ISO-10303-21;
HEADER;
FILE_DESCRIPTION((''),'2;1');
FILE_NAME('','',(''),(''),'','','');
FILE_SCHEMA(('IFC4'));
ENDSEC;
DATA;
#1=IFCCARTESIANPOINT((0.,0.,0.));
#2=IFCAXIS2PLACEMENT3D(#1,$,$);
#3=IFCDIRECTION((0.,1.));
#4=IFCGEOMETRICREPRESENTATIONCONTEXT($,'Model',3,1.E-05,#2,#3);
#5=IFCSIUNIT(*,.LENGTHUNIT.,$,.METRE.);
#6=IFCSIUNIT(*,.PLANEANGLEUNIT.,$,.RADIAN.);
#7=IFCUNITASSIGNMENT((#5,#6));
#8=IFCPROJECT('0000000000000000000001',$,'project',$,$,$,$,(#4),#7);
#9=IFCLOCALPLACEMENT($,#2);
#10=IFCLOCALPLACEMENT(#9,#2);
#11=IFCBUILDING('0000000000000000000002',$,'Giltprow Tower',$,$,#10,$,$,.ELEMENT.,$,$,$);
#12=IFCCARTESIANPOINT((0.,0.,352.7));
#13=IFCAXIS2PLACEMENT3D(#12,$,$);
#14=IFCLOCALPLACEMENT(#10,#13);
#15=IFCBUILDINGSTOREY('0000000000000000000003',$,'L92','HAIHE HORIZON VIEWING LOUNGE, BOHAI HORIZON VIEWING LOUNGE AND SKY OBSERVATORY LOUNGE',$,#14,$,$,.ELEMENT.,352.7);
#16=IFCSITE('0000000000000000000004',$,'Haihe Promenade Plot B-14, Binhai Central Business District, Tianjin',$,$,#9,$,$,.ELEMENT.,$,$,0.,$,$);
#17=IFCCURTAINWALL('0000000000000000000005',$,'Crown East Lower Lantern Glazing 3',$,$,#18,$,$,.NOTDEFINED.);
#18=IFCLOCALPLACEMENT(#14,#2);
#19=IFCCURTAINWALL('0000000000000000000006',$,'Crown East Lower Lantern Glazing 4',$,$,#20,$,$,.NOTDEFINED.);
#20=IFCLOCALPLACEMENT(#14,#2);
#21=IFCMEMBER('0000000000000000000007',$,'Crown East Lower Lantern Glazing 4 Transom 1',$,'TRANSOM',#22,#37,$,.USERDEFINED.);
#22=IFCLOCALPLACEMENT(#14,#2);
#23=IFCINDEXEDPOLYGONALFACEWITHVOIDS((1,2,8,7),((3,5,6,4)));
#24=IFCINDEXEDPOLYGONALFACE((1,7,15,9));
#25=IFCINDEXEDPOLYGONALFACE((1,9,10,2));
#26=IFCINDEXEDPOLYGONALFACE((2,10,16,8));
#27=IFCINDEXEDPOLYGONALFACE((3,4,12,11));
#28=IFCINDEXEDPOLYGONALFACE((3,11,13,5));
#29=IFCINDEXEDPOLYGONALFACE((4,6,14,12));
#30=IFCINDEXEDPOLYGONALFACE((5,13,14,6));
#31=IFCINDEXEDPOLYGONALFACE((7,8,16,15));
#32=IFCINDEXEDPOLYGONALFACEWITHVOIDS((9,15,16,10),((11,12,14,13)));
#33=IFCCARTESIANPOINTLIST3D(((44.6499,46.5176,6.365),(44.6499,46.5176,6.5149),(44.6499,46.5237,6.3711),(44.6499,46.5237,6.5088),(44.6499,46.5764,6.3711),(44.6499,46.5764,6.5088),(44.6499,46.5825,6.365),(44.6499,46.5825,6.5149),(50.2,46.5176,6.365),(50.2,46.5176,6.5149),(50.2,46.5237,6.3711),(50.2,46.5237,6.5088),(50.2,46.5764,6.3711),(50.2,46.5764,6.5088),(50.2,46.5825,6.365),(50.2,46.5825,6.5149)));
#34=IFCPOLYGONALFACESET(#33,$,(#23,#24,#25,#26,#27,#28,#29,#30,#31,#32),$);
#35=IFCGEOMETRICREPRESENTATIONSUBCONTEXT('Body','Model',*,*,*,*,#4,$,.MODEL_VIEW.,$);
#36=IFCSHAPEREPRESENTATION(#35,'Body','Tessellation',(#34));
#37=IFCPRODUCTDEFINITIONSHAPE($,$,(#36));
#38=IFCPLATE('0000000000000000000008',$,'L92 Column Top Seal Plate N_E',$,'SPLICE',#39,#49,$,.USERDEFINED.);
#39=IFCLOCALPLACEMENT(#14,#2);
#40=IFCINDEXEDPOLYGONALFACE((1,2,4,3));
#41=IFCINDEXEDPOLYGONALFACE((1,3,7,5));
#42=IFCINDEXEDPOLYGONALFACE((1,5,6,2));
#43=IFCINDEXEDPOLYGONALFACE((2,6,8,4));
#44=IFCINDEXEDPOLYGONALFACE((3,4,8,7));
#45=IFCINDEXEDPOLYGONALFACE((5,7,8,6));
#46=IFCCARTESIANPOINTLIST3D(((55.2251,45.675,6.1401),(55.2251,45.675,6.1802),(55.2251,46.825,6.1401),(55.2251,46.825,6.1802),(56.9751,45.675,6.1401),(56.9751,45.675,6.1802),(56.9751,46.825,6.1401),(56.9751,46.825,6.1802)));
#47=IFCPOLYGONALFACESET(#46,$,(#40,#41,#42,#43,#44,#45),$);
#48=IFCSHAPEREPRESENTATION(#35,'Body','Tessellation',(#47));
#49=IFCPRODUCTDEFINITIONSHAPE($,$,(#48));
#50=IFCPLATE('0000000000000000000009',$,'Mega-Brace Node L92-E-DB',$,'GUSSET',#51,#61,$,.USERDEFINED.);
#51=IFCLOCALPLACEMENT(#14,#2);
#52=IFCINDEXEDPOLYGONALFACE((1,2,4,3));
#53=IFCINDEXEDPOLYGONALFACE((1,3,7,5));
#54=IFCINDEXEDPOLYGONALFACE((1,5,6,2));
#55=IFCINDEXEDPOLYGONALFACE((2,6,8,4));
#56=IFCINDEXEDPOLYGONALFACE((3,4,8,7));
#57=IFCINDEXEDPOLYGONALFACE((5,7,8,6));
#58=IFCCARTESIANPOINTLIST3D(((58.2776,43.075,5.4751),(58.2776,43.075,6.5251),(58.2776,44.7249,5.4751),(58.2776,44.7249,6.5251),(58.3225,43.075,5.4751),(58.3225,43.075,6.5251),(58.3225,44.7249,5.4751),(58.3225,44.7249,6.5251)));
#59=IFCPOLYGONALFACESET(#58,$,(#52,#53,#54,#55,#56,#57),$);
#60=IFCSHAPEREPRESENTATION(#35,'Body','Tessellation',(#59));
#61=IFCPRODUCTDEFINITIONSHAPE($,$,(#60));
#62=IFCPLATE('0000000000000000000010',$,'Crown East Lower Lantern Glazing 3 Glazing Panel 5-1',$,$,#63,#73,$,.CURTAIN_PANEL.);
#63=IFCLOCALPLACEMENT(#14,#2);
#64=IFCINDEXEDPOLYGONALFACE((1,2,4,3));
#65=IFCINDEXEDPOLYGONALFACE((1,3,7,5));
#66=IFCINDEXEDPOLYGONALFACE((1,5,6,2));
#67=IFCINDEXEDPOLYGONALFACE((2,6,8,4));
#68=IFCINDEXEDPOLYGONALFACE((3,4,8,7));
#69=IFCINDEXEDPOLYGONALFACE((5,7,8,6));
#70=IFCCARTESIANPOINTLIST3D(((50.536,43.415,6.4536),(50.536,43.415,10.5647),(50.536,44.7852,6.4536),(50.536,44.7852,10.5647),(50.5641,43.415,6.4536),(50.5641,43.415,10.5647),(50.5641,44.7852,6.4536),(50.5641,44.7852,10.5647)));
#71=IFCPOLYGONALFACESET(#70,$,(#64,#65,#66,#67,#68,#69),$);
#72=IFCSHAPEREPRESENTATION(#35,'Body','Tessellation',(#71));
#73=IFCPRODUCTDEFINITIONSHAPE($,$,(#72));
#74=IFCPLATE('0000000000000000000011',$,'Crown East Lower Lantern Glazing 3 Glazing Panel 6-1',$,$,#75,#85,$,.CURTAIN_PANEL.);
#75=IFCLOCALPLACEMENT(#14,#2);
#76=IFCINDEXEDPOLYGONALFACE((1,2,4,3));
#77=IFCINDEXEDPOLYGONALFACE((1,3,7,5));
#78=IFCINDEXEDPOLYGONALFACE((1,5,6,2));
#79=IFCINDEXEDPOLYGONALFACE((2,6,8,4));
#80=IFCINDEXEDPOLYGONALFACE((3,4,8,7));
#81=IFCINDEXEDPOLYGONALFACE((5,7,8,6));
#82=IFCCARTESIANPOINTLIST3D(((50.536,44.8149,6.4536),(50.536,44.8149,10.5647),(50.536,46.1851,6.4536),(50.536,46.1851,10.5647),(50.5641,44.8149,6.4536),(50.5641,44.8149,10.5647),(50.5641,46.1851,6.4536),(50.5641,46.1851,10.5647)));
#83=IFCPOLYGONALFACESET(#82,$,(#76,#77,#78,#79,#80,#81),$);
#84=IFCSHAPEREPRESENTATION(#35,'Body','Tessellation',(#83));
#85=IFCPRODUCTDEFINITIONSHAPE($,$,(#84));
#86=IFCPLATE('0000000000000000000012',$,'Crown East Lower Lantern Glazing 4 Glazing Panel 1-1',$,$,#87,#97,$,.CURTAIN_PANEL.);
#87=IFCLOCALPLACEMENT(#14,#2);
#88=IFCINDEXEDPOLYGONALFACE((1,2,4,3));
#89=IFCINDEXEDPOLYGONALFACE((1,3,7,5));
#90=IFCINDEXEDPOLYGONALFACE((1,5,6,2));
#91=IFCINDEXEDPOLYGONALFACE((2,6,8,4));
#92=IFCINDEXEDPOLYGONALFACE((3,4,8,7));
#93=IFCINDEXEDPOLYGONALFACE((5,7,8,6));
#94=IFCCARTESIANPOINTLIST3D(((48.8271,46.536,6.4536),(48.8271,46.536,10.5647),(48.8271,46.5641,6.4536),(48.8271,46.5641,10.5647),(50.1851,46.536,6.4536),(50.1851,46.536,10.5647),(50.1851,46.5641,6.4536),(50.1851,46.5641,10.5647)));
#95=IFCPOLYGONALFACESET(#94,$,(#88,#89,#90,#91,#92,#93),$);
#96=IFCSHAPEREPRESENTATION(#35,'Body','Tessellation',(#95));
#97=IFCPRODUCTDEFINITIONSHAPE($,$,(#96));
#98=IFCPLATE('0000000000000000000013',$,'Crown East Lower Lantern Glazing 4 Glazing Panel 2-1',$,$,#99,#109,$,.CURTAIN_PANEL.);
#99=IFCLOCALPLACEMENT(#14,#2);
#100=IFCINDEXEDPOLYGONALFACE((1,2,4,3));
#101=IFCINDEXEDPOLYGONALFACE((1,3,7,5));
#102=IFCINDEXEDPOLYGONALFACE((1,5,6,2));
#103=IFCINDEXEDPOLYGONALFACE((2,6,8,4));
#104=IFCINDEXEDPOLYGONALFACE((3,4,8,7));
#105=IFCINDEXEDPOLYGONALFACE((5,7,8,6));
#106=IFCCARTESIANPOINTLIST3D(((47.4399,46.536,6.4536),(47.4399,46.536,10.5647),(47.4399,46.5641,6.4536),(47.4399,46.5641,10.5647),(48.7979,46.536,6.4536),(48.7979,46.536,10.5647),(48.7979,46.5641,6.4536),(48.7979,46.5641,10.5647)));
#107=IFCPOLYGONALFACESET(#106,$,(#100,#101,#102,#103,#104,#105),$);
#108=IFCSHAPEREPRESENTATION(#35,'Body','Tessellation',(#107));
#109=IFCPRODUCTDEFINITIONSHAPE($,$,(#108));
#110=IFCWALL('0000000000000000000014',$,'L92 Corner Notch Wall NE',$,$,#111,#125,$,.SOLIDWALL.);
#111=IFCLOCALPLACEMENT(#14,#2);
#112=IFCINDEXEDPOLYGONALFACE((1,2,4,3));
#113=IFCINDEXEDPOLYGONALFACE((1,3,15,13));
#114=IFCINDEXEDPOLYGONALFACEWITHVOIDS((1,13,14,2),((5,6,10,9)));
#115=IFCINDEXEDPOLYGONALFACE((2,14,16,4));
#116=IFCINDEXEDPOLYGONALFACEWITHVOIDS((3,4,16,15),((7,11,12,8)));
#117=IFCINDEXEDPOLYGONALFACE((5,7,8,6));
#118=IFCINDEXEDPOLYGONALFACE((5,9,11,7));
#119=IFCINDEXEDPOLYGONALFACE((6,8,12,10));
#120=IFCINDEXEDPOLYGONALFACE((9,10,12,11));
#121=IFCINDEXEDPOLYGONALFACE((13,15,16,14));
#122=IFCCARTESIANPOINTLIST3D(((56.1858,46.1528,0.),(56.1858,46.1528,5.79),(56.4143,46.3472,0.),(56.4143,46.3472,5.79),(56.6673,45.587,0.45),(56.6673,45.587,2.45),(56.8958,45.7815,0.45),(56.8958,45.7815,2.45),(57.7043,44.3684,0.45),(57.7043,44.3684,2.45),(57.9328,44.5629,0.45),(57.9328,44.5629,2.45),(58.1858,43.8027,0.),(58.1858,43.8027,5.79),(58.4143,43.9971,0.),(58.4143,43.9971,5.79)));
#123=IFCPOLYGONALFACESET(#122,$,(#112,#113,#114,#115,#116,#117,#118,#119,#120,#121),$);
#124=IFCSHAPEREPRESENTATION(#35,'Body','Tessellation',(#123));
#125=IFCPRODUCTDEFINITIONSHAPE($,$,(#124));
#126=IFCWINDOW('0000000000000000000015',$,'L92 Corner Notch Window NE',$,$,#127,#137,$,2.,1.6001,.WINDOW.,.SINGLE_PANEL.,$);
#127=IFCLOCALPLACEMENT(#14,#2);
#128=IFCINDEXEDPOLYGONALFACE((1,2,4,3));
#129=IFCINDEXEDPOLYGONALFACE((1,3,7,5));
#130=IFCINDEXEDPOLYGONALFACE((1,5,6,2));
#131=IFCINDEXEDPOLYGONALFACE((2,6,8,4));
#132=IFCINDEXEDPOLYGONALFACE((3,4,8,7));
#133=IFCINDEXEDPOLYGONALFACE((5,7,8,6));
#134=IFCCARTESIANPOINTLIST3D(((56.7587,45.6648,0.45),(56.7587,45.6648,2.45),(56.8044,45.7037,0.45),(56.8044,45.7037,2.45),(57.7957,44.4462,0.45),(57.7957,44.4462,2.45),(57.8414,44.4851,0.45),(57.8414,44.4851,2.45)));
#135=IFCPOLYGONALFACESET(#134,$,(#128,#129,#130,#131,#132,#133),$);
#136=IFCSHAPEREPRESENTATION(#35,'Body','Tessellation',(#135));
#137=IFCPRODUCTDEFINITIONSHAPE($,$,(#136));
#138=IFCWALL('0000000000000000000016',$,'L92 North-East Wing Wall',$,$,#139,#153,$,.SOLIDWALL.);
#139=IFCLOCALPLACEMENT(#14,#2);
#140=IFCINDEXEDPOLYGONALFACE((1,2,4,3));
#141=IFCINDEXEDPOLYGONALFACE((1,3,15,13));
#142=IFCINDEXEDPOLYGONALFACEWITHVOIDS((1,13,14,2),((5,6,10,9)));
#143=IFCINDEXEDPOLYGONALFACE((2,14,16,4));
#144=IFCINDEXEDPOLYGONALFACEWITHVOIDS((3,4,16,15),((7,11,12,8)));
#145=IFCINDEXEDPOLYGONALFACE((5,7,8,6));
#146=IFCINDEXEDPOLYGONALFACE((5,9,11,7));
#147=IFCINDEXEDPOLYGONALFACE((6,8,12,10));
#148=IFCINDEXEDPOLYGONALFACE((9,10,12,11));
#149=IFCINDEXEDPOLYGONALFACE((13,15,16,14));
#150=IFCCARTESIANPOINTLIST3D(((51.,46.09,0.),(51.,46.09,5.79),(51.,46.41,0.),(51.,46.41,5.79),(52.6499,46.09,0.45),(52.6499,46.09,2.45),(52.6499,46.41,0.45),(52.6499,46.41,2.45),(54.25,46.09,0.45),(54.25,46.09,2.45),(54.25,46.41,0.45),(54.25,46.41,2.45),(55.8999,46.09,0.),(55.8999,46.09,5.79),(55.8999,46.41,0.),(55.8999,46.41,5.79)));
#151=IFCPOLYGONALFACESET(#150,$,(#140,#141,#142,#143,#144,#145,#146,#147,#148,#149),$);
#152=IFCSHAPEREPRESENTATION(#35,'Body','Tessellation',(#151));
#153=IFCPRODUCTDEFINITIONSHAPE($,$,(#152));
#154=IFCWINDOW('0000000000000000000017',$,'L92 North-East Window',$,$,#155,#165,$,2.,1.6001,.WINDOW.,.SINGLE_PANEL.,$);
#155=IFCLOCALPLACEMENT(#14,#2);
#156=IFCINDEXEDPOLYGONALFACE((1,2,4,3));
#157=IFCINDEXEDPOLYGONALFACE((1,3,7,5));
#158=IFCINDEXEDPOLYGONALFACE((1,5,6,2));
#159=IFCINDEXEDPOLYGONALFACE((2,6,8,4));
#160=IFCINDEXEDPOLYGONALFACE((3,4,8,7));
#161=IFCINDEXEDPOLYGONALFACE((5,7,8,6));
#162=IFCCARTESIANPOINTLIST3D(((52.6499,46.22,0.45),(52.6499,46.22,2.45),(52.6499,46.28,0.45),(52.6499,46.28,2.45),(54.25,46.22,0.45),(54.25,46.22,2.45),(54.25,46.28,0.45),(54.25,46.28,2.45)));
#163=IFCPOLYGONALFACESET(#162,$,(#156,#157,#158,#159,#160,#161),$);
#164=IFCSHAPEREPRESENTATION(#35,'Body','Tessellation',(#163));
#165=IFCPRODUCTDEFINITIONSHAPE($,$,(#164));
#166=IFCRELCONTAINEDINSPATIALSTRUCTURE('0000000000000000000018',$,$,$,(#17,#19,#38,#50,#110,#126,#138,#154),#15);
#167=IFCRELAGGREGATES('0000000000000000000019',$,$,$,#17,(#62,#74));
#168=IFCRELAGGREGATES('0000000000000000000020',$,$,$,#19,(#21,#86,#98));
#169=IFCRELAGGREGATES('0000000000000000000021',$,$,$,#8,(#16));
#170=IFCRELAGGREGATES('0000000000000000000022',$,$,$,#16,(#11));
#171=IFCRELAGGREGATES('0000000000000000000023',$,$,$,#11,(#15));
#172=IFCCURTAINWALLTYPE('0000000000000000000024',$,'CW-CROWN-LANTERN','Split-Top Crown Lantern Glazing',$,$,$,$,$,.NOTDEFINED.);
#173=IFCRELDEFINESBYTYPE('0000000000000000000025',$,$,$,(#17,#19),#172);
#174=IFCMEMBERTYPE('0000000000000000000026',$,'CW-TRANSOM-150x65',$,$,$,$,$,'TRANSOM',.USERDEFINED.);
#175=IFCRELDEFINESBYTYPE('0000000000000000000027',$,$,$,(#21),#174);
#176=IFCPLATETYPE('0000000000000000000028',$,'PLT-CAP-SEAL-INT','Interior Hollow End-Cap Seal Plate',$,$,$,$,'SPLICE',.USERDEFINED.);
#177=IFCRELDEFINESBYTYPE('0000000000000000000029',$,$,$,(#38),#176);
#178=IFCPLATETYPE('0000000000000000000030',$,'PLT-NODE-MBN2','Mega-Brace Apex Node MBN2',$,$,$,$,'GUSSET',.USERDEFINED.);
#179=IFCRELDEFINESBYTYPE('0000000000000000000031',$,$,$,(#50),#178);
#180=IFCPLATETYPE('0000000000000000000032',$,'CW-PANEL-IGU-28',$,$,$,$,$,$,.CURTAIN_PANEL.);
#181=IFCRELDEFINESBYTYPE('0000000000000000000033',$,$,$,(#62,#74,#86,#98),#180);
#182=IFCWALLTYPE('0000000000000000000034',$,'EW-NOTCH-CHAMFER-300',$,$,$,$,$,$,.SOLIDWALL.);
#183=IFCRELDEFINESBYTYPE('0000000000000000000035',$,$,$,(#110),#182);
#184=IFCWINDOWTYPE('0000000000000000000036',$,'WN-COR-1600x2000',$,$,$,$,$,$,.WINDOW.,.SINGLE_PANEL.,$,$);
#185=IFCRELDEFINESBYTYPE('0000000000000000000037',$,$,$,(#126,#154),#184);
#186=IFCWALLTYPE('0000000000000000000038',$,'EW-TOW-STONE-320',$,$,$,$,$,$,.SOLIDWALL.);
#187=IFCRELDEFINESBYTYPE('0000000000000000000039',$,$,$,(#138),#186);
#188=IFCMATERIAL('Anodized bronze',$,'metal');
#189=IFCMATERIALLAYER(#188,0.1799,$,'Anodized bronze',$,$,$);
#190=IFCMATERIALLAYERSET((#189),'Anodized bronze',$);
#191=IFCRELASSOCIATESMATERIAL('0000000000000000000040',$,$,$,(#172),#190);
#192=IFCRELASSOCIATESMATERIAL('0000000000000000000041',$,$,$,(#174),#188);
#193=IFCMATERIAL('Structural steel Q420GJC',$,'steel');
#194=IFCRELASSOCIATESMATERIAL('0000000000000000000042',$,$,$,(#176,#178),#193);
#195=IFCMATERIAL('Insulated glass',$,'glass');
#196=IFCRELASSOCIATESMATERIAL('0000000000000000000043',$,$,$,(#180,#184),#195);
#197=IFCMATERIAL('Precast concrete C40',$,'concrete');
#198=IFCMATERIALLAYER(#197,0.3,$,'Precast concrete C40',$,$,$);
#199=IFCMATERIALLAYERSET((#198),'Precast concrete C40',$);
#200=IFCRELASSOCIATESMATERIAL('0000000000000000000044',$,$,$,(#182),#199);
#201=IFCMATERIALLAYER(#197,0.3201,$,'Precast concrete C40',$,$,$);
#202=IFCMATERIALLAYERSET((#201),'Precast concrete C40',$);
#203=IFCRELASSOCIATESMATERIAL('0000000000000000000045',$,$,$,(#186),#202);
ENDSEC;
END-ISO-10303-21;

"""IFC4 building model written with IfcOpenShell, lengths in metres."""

from ifc_helpers import new_model, si_unit, direction, frame, frame_2d, origin, origin_2d, place, context, subcontext, project, spatial, rectangle, hollow_rectangle, extrude, source, transform, mapped, material, layer, layer_set, material_profile, profile_set, type_object, element, fill, aggregate, save


model = new_model("IFC4")

# Units and contexts
model_context = context("Model", 3, precision=1e-05, world=origin(), true_north=direction((0.0, 1.0)))
body_context = subcontext(model_context, "Body", "Model", "MODEL_VIEW")
ifc_project = project(units=[si_unit("LENGTHUNIT", "METRE"), si_unit("PLANEANGLEUNIT", "RADIAN")], contexts=[model_context])

# Site, building, storey
site_placement = place(None, origin())
site = spatial("IfcSite", under=ifc_project, at=site_placement, Name="Haihe Promenade Plot B-14, Binhai Central Business District, Tianjin", CompositionType="ELEMENT", RefElevation=0.0)
building_placement = place(site_placement, origin())
building = spatial("IfcBuilding", under=site, at=building_placement, Name="Giltprow Tower", CompositionType="ELEMENT")
storey_placement = place(building_placement, frame((0.0, 0.0, 352.7)))
storey = spatial("IfcBuildingStorey", under=building, at=storey_placement, Name="L92", Description="HAIHE HORIZON VIEWING LOUNGE, BOHAI HORIZON VIEWING LOUNGE AND SKY OBSERVATORY LOUNGE", CompositionType="ELEMENT", Elevation=352.7)

# Curtain walls, member
ifc_material_1 = material(Name="Anodized bronze", Category="metal")
ifc_layer_1 = layer(ifc_material_1, 0.1799, Name="Anodized bronze")
ifc_layer_set_1 = layer_set([ifc_layer_1], Name="Anodized bronze")
curtain_wall_type = type_object("IfcCurtainWallType", Name="CW-CROWN-LANTERN", Description="Split-Top Crown Lantern Glazing", PredefinedType="NOTDEFINED", material=ifc_layer_set_1)
curtain_wall_1_placement = place(storey_placement, origin())
curtain_wall_1 = element("IfcCurtainWall", 1, at=curtain_wall_1_placement, inside=storey, type_object=curtain_wall_type, Name="Crown East Lower Lantern Glazing 3", PredefinedType="NOTDEFINED")
curtain_wall_2_placement = place(storey_placement, origin())
curtain_wall_2 = element("IfcCurtainWall", 2, at=curtain_wall_2_placement, inside=storey, type_object=curtain_wall_type, Name="Crown East Lower Lantern Glazing 4", PredefinedType="NOTDEFINED")
ifc_material_profile_1 = material_profile(ifc_material_1, hollow_rectangle(XDim=0.0649, YDim=0.1499, WallThickness=0.0061, at=origin_2d()), Name="RHS 150x65x6")
ifc_profile_set_1 = profile_set([ifc_material_profile_1], Name="Anodized bronze")
member_type_1 = type_object("IfcMemberType", Name="CW-TRANSOM-150x65", ElementType="TRANSOM", PredefinedType="USERDEFINED", material=ifc_profile_set_1)
shared_shape_1 = source(origin(), body_context, "Body", "SweptSolid", [
    extrude(hollow_rectangle(XDim=0.0649, YDim=0.1499, WallThickness=0.0061, at=origin_2d()), origin(), (0.0, 0.0, 1.0), 5.55),
])
member_1_placement = place(storey_placement, frame((50.2, 46.55, 6.4399), z_axis=(-1.0, 0.0, 0.0), x_axis=(0.0, -1.0, 0.0)))
member_1 = element("IfcMember", 3, at=member_1_placement, type_object=member_type_1, Name="Crown East Lower Lantern Glazing 4 Transom 1", ObjectType="TRANSOM", PredefinedType="USERDEFINED", context=body_context, shape_type="MappedRepresentation", body=[
    mapped(shared_shape_1, transform((0.0, 0.0, 0.0), x_axis=(1.0, 0.0, 0.0), y_axis=(0.0, 1.0, 0.0), z_axis=(0.0, 0.0, 1.0), scale=1.0)),
])

# Plates
ifc_material_2 = material(Name="Structural steel Q420GJC", Category="steel")
plate_type_1 = type_object("IfcPlateType", Name="PLT-CAP-SEAL-INT", Description="Interior Hollow End-Cap Seal Plate", ElementType="SPLICE", PredefinedType="USERDEFINED", material=ifc_material_2)
shared_shape_2 = source(origin(), body_context, "Body", "SweptSolid", [
    extrude(rectangle(XDim=1.75, YDim=1.1499, at=origin_2d()), origin(), (0.0, 0.0, 1.0), 0.04),
])
plate_1_placement = place(storey_placement, frame((56.1001, 46.25, 6.1401), z_axis=(0.0, 0.0, 1.0), x_axis=(1.0, 0.0, 0.0)))
element("IfcPlate", 4, at=plate_1_placement, inside=storey, type_object=plate_type_1, Name="L92 Column Top Seal Plate N_E", ObjectType="SPLICE", PredefinedType="USERDEFINED", context=body_context, shape_type="MappedRepresentation", body=[
    mapped(shared_shape_2, transform((0.0, 0.0, 0.0), x_axis=(1.0, 0.0, 0.0), y_axis=(0.0, 1.0, 0.0), z_axis=(0.0, 0.0, 1.0), scale=1.0)),
])
plate_type_2 = type_object("IfcPlateType", Name="PLT-NODE-MBN2", Description="Mega-Brace Apex Node MBN2", ElementType="GUSSET", PredefinedType="USERDEFINED", material=ifc_material_2)
shared_shape_3 = source(origin(), body_context, "Body", "SweptSolid", [
    extrude(rectangle(XDim=1.6499, YDim=0.0449, at=origin_2d()), origin(), (0.0, 0.0, 1.0), 1.05),
])
plate_2_placement = place(storey_placement, frame((58.3, 43.8999, 5.4751), z_axis=(0.0, 0.0, 1.0), x_axis=(0.0, 1.0, 0.0)))
element("IfcPlate", 5, at=plate_2_placement, inside=storey, type_object=plate_type_2, Name="Mega-Brace Node L92-E-DB", ObjectType="GUSSET", PredefinedType="USERDEFINED", context=body_context, shape_type="MappedRepresentation", body=[
    mapped(shared_shape_3, transform((0.0, 0.0, 0.0), x_axis=(1.0, 0.0, 0.0), y_axis=(0.0, 1.0, 0.0), z_axis=(0.0, 0.0, 1.0), scale=1.0)),
])

# Plates
ifc_material_3 = material(Name="Insulated glass", Category="glass")
plate_type_3 = type_object("IfcPlateType", Name="CW-PANEL-IGU-28", PredefinedType="CURTAIN_PANEL", material=ifc_material_3)
shared_shape_4 = source(origin(), body_context, "Body", "SweptSolid", [
    extrude(rectangle(XDim=1.3701, YDim=0.0281, at=origin_2d()), origin(), (0.0, 0.0, 1.0), 4.1111),
])
plate_3_placement = place(storey_placement, frame((50.55, 44.1001, 6.4536), z_axis=(0.0, 0.0, 1.0), x_axis=(0.0, 1.0, 0.0)))
plate_3 = element("IfcPlate", 6, at=plate_3_placement, type_object=plate_type_3, Name="Crown East Lower Lantern Glazing 3 Glazing Panel 5-1", PredefinedType="CURTAIN_PANEL", context=body_context, shape_type="MappedRepresentation", body=[
    mapped(shared_shape_4, transform((0.0, 0.0, 0.0), x_axis=(1.0, 0.0, 0.0), y_axis=(0.0, 1.0, 0.0), z_axis=(0.0, 0.0, 1.0), scale=1.0)),
])
plate_4_placement = place(storey_placement, frame((50.55, 45.5, 6.4536), z_axis=(0.0, 0.0, 1.0), x_axis=(0.0, 1.0, 0.0)))
plate_4 = element("IfcPlate", 7, at=plate_4_placement, type_object=plate_type_3, Name="Crown East Lower Lantern Glazing 3 Glazing Panel 6-1", PredefinedType="CURTAIN_PANEL", context=body_context, shape_type="MappedRepresentation", body=[
    mapped(shared_shape_4, transform((0.0, 0.0, 0.0), x_axis=(1.0, 0.0, 0.0), y_axis=(0.0, 1.0, 0.0), z_axis=(0.0, 0.0, 1.0), scale=1.0)),
])
aggregate(curtain_wall_1, [plate_3, plate_4])
shared_shape_5 = source(origin(), body_context, "Body", "SweptSolid", [
    extrude(rectangle(XDim=1.3579, YDim=0.0281, at=origin_2d()), origin(), (0.0, 0.0, 1.0), 4.1111),
])
plate_5_placement = place(storey_placement, frame((49.5061, 46.55, 6.4536), z_axis=(0.0, 0.0, 1.0), x_axis=(-1.0, 0.0, 0.0)))
plate_5 = element("IfcPlate", 8, at=plate_5_placement, type_object=plate_type_3, Name="Crown East Lower Lantern Glazing 4 Glazing Panel 1-1", PredefinedType="CURTAIN_PANEL", context=body_context, shape_type="MappedRepresentation", body=[
    mapped(shared_shape_5, transform((0.0, 0.0, 0.0), x_axis=(1.0, 0.0, 0.0), y_axis=(0.0, 1.0, 0.0), z_axis=(0.0, 0.0, 1.0), scale=1.0)),
])
plate_6_placement = place(storey_placement, frame((48.1189, 46.55, 6.4536), z_axis=(0.0, 0.0, 1.0), x_axis=(-1.0, 0.0, 0.0)))
plate_6 = element("IfcPlate", 9, at=plate_6_placement, type_object=plate_type_3, Name="Crown East Lower Lantern Glazing 4 Glazing Panel 2-1", PredefinedType="CURTAIN_PANEL", context=body_context, shape_type="MappedRepresentation", body=[
    mapped(shared_shape_5, transform((0.0, 0.0, 0.0), x_axis=(1.0, 0.0, 0.0), y_axis=(0.0, 1.0, 0.0), z_axis=(0.0, 0.0, 1.0), scale=1.0)),
])
aggregate(curtain_wall_2, [member_1, plate_5, plate_6])

# Walls, openings, windows
ifc_material_4 = material(Name="Precast concrete C40", Category="concrete")
ifc_layer_2 = layer(ifc_material_4, 0.3, Name="Precast concrete C40")
ifc_layer_set_2 = layer_set([ifc_layer_2], Name="Precast concrete C40")
wall_type_1 = type_object("IfcWallType", Name="EW-NOTCH-CHAMFER-300", PredefinedType="SOLIDWALL", material=ifc_layer_set_2)
wall_1_placement = place(storey_placement, frame((58.3, 43.8999, 0.0), z_axis=(0.0, 0.0, 1.0), x_axis=(-0.648103, 0.761553, 0.0)))
wall_1 = element("IfcWall", 10, at=wall_1_placement, inside=storey, type_object=wall_type_1, Name="L92 Corner Notch Wall NE", PredefinedType="SOLIDWALL", context=body_context, shape_type="SweptSolid", body=[
    extrude(rectangle(XDim=3.0859, YDim=0.3, at=frame_2d((1.543, 0.0))), origin(), (0.0, 0.0, 1.0), 5.79),
])
opening_1_placement = place(wall_1_placement, frame((0.7429, 0.0, 0.45)))
opening_1 = element("IfcOpeningElement", 11, at=opening_1_placement, cuts=wall_1, PredefinedType="OPENING", context=body_context, shape_type="SweptSolid", body=[
    extrude(rectangle(XDim=1.6001, YDim=2.0, at=frame_2d((0.8, 1.0))), frame((0.0, 0.1599, 0.0), z_axis=(0.0, -1.0, 0.0), x_axis=(1.0, 0.0, 0.0)), (0.0, 0.0, 1.0), 0.3201),
])
window_type = type_object("IfcWindowType", Name="WN-COR-1600x2000", PartitioningType="SINGLE_PANEL", PredefinedType="WINDOW", material=ifc_material_3)
shared_shape_6 = source(origin(), body_context, "Body", "SweptSolid", [
    extrude(rectangle(XDim=1.6001, YDim=2.0, at=frame_2d((0.8, 1.0))), frame((0.0, 0.03, 0.0), z_axis=(0.0, -1.0, 0.0), x_axis=(1.0, 0.0, 0.0)), (0.0, 0.0, 1.0), 0.0601),
])
window_1_placement = place(opening_1_placement, origin())
window_1 = element("IfcWindow", 12, at=window_1_placement, inside=storey, type_object=window_type, Name="L92 Corner Notch Window NE", OverallHeight=2.0, OverallWidth=1.6001, PartitioningType="SINGLE_PANEL", PredefinedType="WINDOW", context=body_context, shape_type="MappedRepresentation", body=[
    mapped(shared_shape_6, transform((0.0, 0.0, 0.0), x_axis=(1.0, 0.0, 0.0), y_axis=(0.0, 1.0, 0.0), z_axis=(0.0, 0.0, 1.0), scale=1.0)),
])
fill(opening_1, window_1)
ifc_layer_3 = layer(ifc_material_4, 0.3201, Name="Precast concrete C40")
ifc_layer_set_3 = layer_set([ifc_layer_3], Name="Precast concrete C40")
wall_type_2 = type_object("IfcWallType", Name="EW-TOW-STONE-320", PredefinedType="SOLIDWALL", material=ifc_layer_set_3)
wall_2_placement = place(storey_placement, frame((51.0, 46.25, 0.0), z_axis=(0.0, 0.0, 1.0), x_axis=(1.0, 0.0, 0.0)))
wall_2 = element("IfcWall", 13, at=wall_2_placement, inside=storey, type_object=wall_type_2, Name="L92 North-East Wing Wall", PredefinedType="SOLIDWALL", context=body_context, shape_type="SweptSolid", body=[
    extrude(rectangle(XDim=4.8999, YDim=0.3201, at=frame_2d((2.45, 0.0))), origin(), (0.0, 0.0, 1.0), 5.79),
])
opening_2_placement = place(wall_2_placement, frame((1.6499, 0.0, 0.45)))
opening_2 = element("IfcOpeningElement", 14, at=opening_2_placement, cuts=wall_2, PredefinedType="OPENING", context=body_context, shape_type="SweptSolid", body=[
    extrude(rectangle(XDim=1.6001, YDim=2.0, at=frame_2d((0.8, 1.0))), frame((0.0, 0.1699, 0.0), z_axis=(0.0, -1.0, 0.0), x_axis=(1.0, 0.0, 0.0)), (0.0, 0.0, 1.0), 0.3401),
])
window_2_placement = place(opening_2_placement, origin())
window_2 = element("IfcWindow", 15, at=window_2_placement, inside=storey, type_object=window_type, Name="L92 North-East Window", OverallHeight=2.0, OverallWidth=1.6001, PartitioningType="SINGLE_PANEL", PredefinedType="WINDOW", context=body_context, shape_type="MappedRepresentation", body=[
    mapped(shared_shape_6, transform((0.0, 0.0, 0.0), x_axis=(1.0, 0.0, 0.0), y_axis=(0.0, 1.0, 0.0), z_axis=(0.0, 0.0, 1.0), scale=1.0)),
])
fill(opening_2, window_2)

save(model, "model.ifc")
